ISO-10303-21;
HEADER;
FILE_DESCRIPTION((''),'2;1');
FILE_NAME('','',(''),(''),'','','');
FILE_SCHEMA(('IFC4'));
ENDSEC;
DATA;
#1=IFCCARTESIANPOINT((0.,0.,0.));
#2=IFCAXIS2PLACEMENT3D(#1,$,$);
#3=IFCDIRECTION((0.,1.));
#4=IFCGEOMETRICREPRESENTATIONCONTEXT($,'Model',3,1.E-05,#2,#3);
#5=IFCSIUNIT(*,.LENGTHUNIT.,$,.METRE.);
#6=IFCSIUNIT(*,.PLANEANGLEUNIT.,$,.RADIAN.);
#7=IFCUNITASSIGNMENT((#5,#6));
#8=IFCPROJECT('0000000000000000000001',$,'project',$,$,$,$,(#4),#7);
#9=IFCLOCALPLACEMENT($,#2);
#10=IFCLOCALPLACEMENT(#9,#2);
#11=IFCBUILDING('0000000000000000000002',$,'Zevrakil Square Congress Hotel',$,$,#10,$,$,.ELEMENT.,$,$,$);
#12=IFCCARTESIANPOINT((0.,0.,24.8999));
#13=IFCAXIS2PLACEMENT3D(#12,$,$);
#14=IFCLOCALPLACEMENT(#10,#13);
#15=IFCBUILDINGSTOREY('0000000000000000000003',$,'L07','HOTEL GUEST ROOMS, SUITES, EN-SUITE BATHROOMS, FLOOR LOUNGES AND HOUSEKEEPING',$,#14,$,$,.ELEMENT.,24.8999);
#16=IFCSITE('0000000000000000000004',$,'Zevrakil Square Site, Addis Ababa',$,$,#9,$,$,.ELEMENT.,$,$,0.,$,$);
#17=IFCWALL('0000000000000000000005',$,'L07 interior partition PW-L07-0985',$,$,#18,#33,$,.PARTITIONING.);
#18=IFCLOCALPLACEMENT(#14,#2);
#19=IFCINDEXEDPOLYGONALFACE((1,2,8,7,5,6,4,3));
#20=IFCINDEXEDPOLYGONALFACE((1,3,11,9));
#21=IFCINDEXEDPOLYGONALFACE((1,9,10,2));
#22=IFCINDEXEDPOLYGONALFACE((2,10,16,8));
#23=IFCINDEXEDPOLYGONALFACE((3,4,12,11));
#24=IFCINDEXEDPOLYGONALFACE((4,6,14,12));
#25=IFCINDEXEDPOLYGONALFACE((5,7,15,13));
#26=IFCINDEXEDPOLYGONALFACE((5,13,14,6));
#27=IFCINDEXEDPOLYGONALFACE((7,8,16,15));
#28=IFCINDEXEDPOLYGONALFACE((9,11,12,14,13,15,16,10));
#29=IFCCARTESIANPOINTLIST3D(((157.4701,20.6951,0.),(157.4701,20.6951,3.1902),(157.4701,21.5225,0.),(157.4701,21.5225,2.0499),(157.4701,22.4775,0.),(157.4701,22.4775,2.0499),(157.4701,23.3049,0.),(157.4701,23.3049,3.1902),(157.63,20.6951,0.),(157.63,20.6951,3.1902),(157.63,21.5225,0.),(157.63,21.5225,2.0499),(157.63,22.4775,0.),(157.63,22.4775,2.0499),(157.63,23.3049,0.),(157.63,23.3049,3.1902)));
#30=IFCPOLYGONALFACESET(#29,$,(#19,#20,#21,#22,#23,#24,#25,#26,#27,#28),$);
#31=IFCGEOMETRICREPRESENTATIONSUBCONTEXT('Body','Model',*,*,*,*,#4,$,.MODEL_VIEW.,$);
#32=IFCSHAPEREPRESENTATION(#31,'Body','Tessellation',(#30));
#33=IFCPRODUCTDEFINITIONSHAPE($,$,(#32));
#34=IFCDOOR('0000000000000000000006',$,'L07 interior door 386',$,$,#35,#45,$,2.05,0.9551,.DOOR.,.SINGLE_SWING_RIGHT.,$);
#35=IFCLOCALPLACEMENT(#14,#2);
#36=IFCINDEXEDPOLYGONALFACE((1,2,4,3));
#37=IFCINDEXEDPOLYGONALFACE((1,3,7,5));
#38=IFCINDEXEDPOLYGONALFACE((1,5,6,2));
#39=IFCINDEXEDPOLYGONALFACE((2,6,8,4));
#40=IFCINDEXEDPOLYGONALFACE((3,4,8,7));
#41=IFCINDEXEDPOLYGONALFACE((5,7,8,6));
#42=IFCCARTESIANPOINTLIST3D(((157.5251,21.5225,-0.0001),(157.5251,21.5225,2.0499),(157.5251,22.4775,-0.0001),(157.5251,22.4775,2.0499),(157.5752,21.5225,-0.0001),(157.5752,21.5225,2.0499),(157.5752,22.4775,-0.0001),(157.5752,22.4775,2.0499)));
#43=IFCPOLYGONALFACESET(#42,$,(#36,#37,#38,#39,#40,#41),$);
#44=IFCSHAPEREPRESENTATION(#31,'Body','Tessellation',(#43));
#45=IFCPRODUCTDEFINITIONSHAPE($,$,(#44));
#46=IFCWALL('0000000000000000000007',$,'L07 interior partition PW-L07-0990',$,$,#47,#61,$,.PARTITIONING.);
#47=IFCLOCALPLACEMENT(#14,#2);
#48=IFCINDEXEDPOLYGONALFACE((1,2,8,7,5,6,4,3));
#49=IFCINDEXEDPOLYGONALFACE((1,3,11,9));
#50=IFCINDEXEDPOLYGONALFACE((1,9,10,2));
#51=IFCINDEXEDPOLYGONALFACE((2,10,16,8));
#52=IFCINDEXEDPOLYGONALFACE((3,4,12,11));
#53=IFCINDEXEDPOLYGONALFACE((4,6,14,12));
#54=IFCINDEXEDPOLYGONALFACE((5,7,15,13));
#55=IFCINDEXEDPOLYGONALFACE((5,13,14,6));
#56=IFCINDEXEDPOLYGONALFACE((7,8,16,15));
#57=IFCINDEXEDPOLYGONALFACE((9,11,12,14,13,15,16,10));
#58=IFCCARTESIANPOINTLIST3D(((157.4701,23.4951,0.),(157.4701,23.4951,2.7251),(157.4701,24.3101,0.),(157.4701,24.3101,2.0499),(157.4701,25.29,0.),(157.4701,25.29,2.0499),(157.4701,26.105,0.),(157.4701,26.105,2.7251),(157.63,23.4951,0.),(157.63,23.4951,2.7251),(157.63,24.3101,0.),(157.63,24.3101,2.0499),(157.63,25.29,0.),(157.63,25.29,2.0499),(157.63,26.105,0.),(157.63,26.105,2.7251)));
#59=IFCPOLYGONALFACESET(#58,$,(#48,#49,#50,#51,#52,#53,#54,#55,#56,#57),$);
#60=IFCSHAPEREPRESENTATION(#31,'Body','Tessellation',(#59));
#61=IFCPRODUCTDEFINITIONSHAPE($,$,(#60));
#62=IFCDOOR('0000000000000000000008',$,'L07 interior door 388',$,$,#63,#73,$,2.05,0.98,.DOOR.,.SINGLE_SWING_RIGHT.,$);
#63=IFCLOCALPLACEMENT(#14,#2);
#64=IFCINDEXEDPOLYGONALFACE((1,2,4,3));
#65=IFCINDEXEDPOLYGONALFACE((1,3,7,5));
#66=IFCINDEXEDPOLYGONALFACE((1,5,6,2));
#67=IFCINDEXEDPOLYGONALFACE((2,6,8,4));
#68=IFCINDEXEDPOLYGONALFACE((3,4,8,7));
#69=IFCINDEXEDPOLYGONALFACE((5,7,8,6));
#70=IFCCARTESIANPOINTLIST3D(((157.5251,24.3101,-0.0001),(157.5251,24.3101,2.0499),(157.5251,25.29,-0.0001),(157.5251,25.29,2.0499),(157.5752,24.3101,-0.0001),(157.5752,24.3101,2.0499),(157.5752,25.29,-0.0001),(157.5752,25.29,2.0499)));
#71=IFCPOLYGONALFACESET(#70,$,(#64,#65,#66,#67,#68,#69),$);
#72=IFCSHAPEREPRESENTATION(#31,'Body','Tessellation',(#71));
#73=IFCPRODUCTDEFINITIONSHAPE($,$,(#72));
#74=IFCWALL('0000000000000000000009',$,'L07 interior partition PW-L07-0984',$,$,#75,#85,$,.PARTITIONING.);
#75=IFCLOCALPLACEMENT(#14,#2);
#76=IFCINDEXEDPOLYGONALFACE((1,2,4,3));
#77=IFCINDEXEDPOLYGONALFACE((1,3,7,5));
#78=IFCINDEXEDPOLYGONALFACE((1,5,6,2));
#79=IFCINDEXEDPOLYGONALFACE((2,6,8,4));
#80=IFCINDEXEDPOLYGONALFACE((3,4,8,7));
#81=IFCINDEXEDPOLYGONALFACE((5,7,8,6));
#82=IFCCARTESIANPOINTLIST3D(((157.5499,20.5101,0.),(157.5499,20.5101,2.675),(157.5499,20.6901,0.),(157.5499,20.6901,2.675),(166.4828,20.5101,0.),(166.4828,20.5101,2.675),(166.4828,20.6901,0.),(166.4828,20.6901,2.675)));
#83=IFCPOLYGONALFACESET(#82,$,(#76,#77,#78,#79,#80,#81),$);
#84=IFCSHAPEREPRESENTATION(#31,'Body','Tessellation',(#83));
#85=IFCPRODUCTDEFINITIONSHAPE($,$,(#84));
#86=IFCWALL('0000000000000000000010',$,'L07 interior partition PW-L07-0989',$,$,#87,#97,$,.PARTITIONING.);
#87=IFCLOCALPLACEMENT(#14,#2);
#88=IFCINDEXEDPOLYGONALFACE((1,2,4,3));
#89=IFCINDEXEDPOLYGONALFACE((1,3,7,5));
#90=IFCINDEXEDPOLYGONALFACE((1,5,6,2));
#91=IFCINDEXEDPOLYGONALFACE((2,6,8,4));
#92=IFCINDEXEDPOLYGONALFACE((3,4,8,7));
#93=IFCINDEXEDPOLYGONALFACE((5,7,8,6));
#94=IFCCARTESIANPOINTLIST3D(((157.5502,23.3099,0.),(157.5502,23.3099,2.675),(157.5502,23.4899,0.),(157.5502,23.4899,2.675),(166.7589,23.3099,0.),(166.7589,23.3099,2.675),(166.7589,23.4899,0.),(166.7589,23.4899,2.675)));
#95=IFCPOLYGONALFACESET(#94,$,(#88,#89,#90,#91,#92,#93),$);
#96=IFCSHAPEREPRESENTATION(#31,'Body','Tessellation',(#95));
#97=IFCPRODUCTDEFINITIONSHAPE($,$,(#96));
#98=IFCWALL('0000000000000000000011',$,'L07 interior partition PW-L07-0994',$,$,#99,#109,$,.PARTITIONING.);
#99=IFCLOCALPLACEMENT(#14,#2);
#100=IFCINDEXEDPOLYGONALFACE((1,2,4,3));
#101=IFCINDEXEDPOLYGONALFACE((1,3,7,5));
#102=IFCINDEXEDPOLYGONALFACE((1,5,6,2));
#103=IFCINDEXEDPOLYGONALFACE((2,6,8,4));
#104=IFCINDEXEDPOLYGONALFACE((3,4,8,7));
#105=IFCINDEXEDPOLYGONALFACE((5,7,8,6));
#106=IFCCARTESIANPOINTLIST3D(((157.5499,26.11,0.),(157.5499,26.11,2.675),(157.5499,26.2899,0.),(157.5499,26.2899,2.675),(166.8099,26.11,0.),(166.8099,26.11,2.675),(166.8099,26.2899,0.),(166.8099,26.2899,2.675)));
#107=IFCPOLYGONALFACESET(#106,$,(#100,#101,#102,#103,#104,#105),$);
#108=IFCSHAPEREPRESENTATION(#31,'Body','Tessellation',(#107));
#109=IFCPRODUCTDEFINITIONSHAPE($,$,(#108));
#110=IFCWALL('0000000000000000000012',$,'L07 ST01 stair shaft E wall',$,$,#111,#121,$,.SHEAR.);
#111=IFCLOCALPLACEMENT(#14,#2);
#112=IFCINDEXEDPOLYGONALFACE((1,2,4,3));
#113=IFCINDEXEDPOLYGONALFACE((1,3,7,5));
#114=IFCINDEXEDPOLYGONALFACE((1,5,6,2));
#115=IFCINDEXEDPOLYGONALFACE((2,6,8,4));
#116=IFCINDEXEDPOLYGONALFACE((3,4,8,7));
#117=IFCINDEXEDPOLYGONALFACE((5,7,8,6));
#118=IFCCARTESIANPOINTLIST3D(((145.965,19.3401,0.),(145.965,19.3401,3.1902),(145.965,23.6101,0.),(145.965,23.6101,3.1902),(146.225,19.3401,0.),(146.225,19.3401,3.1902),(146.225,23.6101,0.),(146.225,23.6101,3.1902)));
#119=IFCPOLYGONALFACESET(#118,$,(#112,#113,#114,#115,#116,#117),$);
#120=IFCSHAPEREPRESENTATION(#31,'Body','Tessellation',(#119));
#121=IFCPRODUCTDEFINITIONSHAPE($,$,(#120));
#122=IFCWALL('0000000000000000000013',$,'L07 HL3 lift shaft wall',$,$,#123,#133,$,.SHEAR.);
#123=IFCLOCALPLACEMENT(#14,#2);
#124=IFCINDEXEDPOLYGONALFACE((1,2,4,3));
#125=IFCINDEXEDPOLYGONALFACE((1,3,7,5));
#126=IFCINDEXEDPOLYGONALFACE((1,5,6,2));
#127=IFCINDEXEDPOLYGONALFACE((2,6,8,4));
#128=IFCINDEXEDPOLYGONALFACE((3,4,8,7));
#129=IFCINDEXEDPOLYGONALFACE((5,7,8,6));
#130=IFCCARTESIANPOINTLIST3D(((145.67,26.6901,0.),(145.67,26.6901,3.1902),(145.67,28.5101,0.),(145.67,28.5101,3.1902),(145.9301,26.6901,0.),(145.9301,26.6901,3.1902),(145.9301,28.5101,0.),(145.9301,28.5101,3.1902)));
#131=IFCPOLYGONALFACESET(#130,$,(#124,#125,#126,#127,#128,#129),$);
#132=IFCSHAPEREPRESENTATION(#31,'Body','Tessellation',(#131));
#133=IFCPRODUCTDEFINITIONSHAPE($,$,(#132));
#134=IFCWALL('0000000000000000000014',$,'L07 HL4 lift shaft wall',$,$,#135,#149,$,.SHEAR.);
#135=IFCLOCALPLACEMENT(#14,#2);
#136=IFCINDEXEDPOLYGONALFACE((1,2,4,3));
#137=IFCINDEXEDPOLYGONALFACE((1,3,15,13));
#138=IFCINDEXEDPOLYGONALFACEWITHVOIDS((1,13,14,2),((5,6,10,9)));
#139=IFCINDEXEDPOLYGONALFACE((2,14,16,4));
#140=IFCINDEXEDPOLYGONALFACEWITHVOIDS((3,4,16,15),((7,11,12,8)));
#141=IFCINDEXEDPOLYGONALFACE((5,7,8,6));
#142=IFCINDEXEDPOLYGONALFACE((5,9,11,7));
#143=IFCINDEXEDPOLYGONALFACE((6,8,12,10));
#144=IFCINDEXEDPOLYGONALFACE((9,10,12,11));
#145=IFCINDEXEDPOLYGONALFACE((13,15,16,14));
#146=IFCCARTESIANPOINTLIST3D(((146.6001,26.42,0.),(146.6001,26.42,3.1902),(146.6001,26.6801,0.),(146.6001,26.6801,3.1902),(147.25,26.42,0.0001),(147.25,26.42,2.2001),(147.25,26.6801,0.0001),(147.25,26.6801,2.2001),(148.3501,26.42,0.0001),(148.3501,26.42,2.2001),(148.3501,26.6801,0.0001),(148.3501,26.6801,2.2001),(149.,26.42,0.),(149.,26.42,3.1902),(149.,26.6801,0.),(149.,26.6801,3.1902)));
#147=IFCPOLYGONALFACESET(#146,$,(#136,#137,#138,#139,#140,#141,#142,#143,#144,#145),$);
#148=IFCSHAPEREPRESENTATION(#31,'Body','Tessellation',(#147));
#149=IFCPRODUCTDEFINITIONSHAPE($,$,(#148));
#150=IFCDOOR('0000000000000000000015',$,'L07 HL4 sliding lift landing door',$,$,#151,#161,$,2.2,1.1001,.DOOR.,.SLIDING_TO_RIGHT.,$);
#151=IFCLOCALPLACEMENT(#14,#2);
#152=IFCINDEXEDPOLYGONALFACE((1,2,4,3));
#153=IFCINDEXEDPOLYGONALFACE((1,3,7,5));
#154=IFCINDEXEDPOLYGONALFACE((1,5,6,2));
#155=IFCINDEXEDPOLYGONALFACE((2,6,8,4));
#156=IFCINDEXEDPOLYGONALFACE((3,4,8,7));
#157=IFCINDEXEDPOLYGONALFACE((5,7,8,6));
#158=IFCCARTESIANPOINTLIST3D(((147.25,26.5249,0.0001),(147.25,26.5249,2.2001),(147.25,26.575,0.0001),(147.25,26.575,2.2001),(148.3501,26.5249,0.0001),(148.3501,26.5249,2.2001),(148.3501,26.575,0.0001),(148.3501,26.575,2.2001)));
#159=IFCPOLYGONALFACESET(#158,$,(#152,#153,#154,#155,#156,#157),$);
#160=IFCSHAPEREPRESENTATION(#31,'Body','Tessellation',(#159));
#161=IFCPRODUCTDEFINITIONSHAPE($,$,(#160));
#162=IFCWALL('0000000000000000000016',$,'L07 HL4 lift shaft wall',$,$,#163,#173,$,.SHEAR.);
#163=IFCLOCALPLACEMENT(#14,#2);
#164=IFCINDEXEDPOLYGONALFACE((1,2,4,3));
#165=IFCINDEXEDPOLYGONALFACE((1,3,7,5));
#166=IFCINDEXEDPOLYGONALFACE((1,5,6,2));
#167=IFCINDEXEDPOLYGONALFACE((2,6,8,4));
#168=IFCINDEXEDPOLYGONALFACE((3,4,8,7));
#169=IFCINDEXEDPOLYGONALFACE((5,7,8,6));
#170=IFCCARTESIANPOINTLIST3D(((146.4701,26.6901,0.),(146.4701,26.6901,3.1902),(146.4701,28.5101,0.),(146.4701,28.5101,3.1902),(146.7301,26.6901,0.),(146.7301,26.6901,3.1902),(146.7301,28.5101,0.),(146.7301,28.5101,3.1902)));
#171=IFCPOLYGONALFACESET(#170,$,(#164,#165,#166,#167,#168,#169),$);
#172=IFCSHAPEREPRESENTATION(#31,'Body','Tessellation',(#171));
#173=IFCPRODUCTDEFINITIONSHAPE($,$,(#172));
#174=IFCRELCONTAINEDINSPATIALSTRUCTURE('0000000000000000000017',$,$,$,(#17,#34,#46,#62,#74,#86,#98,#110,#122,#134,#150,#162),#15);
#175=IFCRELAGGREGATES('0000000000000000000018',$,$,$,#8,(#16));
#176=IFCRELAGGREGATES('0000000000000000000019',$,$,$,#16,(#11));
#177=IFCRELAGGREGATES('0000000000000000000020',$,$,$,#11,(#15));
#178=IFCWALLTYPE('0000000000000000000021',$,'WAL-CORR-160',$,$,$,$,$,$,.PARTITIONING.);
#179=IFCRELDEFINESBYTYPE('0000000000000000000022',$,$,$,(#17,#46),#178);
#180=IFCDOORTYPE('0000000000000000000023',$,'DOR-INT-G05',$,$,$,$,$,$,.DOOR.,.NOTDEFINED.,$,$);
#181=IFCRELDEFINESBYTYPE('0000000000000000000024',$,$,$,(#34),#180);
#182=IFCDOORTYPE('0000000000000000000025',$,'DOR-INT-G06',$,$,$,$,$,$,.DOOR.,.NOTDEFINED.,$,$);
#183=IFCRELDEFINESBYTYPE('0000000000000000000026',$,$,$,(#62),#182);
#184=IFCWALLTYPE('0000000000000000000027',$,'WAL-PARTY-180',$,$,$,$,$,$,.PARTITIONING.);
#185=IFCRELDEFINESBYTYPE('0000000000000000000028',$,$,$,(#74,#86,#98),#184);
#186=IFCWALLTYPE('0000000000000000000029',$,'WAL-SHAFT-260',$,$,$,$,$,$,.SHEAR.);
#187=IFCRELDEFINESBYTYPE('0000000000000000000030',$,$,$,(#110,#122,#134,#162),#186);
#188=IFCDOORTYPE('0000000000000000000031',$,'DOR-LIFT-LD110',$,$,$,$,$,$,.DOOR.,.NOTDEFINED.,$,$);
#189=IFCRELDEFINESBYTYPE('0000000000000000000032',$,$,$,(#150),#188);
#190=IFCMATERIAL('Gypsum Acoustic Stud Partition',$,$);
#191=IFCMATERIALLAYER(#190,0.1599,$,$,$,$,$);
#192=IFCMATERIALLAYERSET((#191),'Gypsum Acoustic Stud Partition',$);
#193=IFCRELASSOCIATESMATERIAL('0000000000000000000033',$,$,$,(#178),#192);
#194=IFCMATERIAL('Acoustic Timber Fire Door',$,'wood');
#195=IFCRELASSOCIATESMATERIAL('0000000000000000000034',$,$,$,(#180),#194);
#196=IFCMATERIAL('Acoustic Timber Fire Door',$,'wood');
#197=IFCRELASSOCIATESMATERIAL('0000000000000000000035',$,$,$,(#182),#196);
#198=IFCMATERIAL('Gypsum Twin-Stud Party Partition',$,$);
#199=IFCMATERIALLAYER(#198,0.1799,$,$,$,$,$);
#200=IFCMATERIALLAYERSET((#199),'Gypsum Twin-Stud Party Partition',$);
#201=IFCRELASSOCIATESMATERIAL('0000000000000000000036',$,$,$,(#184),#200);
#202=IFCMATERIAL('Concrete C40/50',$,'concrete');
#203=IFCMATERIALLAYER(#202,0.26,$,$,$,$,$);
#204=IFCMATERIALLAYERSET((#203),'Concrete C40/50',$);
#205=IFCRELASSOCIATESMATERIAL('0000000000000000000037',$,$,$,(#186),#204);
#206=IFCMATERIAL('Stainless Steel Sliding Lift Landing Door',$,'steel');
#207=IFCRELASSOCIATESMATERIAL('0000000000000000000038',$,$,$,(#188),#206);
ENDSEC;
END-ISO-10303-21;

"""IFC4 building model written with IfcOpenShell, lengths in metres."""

from ifc_helpers import new_model, si_unit, direction, frame, frame_2d, origin, place, context, subcontext, project, spatial, rectangle, extrude, material, layer, layer_set, type_object, element, fill, save


model = new_model("IFC4")

# Units and contexts
model_context = context("Model", 3, precision=1e-05, world=origin(), true_north=direction((0.0, 1.0)))
body_context = subcontext(model_context, "Body", "Model", "MODEL_VIEW")
ifc_project = project(units=[si_unit("LENGTHUNIT", "METRE"), si_unit("PLANEANGLEUNIT", "RADIAN")], contexts=[model_context])

# Site, building, storey
site_placement = place(None, origin())
site = spatial("IfcSite", under=ifc_project, at=site_placement, Name="Zevrakil Square Site, Addis Ababa", CompositionType="ELEMENT", RefElevation=0.0)
building_placement = place(site_placement, origin())
building = spatial("IfcBuilding", under=site, at=building_placement, Name="Zevrakil Square Congress Hotel", CompositionType="ELEMENT")
storey_placement = place(building_placement, frame((0.0, 0.0, 24.8999)))
storey = spatial("IfcBuildingStorey", under=building, at=storey_placement, Name="L07", Description="HOTEL GUEST ROOMS, SUITES, EN-SUITE BATHROOMS, FLOOR LOUNGES AND HOUSEKEEPING", CompositionType="ELEMENT", Elevation=24.8999)

# Shared definitions
ifc_material_1 = material(Name="Gypsum Acoustic Stud Partition")
ifc_layer_1 = layer(ifc_material_1, 0.1599)
ifc_layer_set_1 = layer_set([ifc_layer_1], Name="Gypsum Acoustic Stud Partition")
wall_type_1 = type_object("IfcWallType", Name="WAL-CORR-160", PredefinedType="PARTITIONING", material=ifc_layer_set_1)

# Walls, openings, doors
wall_1_placement = place(storey_placement, frame((157.55, 20.6951, 0.0), z_axis=(0.0, 0.0, 1.0), x_axis=(0.0, 1.0, 0.0)))
wall_1 = element("IfcWall", 1, at=wall_1_placement, inside=storey, type_object=wall_type_1, Name="L07 interior partition PW-L07-0985", PredefinedType="PARTITIONING", context=body_context, shape_type="SweptSolid", body=[
    extrude(rectangle(XDim=2.6099, YDim=0.1599, at=frame_2d((1.3049, 0.0))), origin(), (0.0, 0.0, 1.0), 3.1902),
])
opening_1_placement = place(wall_1_placement, frame((0.8274, 0.0, 0.0)))
opening_1 = element("IfcOpeningElement", 2, at=opening_1_placement, cuts=wall_1, PredefinedType="OPENING", context=body_context, shape_type="SweptSolid", body=[
    extrude(rectangle(XDim=0.9551, YDim=2.05, at=frame_2d((0.4775, 1.0249))), frame((0.0, 0.0898, 0.0), z_axis=(0.0, -1.0, 0.0), x_axis=(1.0, 0.0, 0.0)), (0.0, 0.0, 1.0), 0.1799),
])
ifc_material_2 = material(Name="Acoustic Timber Fire Door", Category="wood")
door_type_1 = type_object("IfcDoorType", Name="DOR-INT-G05", OperationType="NOTDEFINED", PredefinedType="DOOR", material=ifc_material_2)
door_1_placement = place(opening_1_placement, origin())
door_1 = element("IfcDoor", 3, at=door_1_placement, inside=storey, type_object=door_type_1, Name="L07 interior door 386", OperationType="SINGLE_SWING_RIGHT", OverallHeight=2.05, OverallWidth=0.9551, PredefinedType="DOOR", context=body_context, shape_type="SweptSolid", body=[
    extrude(rectangle(XDim=0.9551, YDim=2.05, at=frame_2d((0.4775, 1.0249))), frame((0.0, 0.0249, 0.0), z_axis=(0.0, -1.0, 0.0), x_axis=(1.0, 0.0, 0.0)), (0.0, 0.0, 1.0), 0.05),
])
fill(opening_1, door_1)
wall_2_placement = place(storey_placement, frame((157.55, 23.4951, 0.0), z_axis=(0.0, 0.0, 1.0), x_axis=(0.0, 1.0, 0.0)))
wall_2 = element("IfcWall", 4, at=wall_2_placement, inside=storey, type_object=wall_type_1, Name="L07 interior partition PW-L07-0990", PredefinedType="PARTITIONING", context=body_context, shape_type="SweptSolid", body=[
    extrude(rectangle(XDim=2.6099, YDim=0.1599, at=frame_2d((1.3049, 0.0))), origin(), (0.0, 0.0, 1.0), 2.7251),
])
opening_2_placement = place(wall_2_placement, frame((0.8149, 0.0, 0.0)))
opening_2 = element("IfcOpeningElement", 5, at=opening_2_placement, cuts=wall_2, PredefinedType="OPENING", context=body_context, shape_type="SweptSolid", body=[
    extrude(rectangle(XDim=0.98, YDim=2.05, at=frame_2d((0.49, 1.0249))), frame((0.0, 0.0898, 0.0), z_axis=(0.0, -1.0, 0.0), x_axis=(1.0, 0.0, 0.0)), (0.0, 0.0, 1.0), 0.1799),
])
ifc_material_3 = material(Name="Acoustic Timber Fire Door", Category="wood")
door_type_2 = type_object("IfcDoorType", Name="DOR-INT-G06", OperationType="NOTDEFINED", PredefinedType="DOOR", material=ifc_material_3)
door_2_placement = place(opening_2_placement, origin())
door_2 = element("IfcDoor", 6, at=door_2_placement, inside=storey, type_object=door_type_2, Name="L07 interior door 388", OperationType="SINGLE_SWING_RIGHT", OverallHeight=2.05, OverallWidth=0.98, PredefinedType="DOOR", context=body_context, shape_type="SweptSolid", body=[
    extrude(rectangle(XDim=0.98, YDim=2.05, at=frame_2d((0.49, 1.0249))), frame((0.0, 0.0249, 0.0), z_axis=(0.0, -1.0, 0.0), x_axis=(1.0, 0.0, 0.0)), (0.0, 0.0, 1.0), 0.05),
])
fill(opening_2, door_2)

# Walls
ifc_material_4 = material(Name="Gypsum Twin-Stud Party Partition")
ifc_layer_2 = layer(ifc_material_4, 0.1799)
ifc_layer_set_2 = layer_set([ifc_layer_2], Name="Gypsum Twin-Stud Party Partition")
wall_type_2 = type_object("IfcWallType", Name="WAL-PARTY-180", PredefinedType="PARTITIONING", material=ifc_layer_set_2)
wall_3_placement = place(storey_placement, frame((157.55, 20.6001, 0.0), z_axis=(0.0, 0.0, 1.0), x_axis=(1.0, 0.0, 0.0)))
element("IfcWall", 7, at=wall_3_placement, inside=storey, type_object=wall_type_2, Name="L07 interior partition PW-L07-0984", PredefinedType="PARTITIONING", context=body_context, shape_type="SweptSolid", body=[
    extrude(rectangle(XDim=8.9329, YDim=0.1799, at=frame_2d((4.4663, 0.0))), origin(), (0.0, 0.0, 1.0), 2.675),
])
wall_4_placement = place(storey_placement, frame((157.55, 23.3999, 0.0), z_axis=(0.0, 0.0, 1.0), x_axis=(1.0, 0.0, 0.0)))
element("IfcWall", 8, at=wall_4_placement, inside=storey, type_object=wall_type_2, Name="L07 interior partition PW-L07-0989", PredefinedType="PARTITIONING", context=body_context, shape_type="SweptSolid", body=[
    extrude(rectangle(XDim=9.2087, YDim=0.1799, at=frame_2d((4.6045, 0.0))), origin(), (0.0, 0.0, 1.0), 2.675),
])
wall_5_placement = place(storey_placement, frame((157.55, 26.2, 0.0), z_axis=(0.0, 0.0, 1.0), x_axis=(1.0, 0.0, 0.0)))
element("IfcWall", 9, at=wall_5_placement, inside=storey, type_object=wall_type_2, Name="L07 interior partition PW-L07-0994", PredefinedType="PARTITIONING", context=body_context, shape_type="SweptSolid", body=[
    extrude(rectangle(XDim=9.26, YDim=0.1799, at=frame_2d((4.6299, 0.0))), origin(), (0.0, 0.0, 1.0), 2.675),
])
ifc_material_5 = material(Name="Concrete C40/50", Category="concrete")
ifc_layer_3 = layer(ifc_material_5, 0.26)
ifc_layer_set_3 = layer_set([ifc_layer_3], Name="Concrete C40/50")
wall_type_3 = type_object("IfcWallType", Name="WAL-SHAFT-260", PredefinedType="SHEAR", material=ifc_layer_set_3)
wall_6_placement = place(storey_placement, frame((146.095, 19.3401, 0.0), z_axis=(0.0, 0.0, 1.0), x_axis=(0.0, 1.0, 0.0)))
element("IfcWall", 10, at=wall_6_placement, inside=storey, type_object=wall_type_3, Name="L07 ST01 stair shaft E wall", PredefinedType="SHEAR", context=body_context, shape_type="SweptSolid", body=[
    extrude(rectangle(XDim=4.27, YDim=0.26, at=frame_2d((2.135, 0.0))), origin(), (0.0, 0.0, 1.0), 3.1902),
])
wall_7_placement = place(storey_placement, frame((145.8, 26.6899, 0.0), z_axis=(0.0, 0.0, 1.0), x_axis=(0.0, 1.0, 0.0)))
element("IfcWall", 11, at=wall_7_placement, inside=storey, type_object=wall_type_3, Name="L07 HL3 lift shaft wall", PredefinedType="SHEAR", context=body_context, shape_type="SweptSolid", body=[
    extrude(rectangle(XDim=1.8201, YDim=0.26, at=frame_2d((0.9102, 0.0))), origin(), (0.0, 0.0, 1.0), 3.1902),
])

# Wall, opening, door
wall_8_placement = place(storey_placement, frame((146.6001, 26.55, 0.0), z_axis=(0.0, 0.0, 1.0), x_axis=(1.0, 0.0, 0.0)))
wall_8 = element("IfcWall", 12, at=wall_8_placement, inside=storey, type_object=wall_type_3, Name="L07 HL4 lift shaft wall", PredefinedType="SHEAR", context=body_context, shape_type="SweptSolid", body=[
    extrude(rectangle(XDim=2.3999, YDim=0.26, at=frame_2d((1.2, 0.0))), origin(), (0.0, 0.0, 1.0), 3.1902),
])
opening_3_placement = place(wall_8_placement, frame((0.6499, 0.0, 0.0)))
opening_3 = element("IfcOpeningElement", 13, at=opening_3_placement, cuts=wall_8, PredefinedType="OPENING", context=body_context, shape_type="SweptSolid", body=[
    extrude(rectangle(XDim=1.1001, YDim=2.2, at=frame_2d((0.55, 1.1001))), frame((0.0, 0.1401, 0.0), z_axis=(0.0, -1.0, 0.0), x_axis=(1.0, 0.0, 0.0)), (0.0, 0.0, 1.0), 0.28),
])
ifc_material_6 = material(Name="Stainless Steel Sliding Lift Landing Door", Category="steel")
door_type_3 = type_object("IfcDoorType", Name="DOR-LIFT-LD110", OperationType="NOTDEFINED", PredefinedType="DOOR", material=ifc_material_6)
door_3_placement = place(opening_3_placement, origin())
door_3 = element("IfcDoor", 14, at=door_3_placement, inside=storey, type_object=door_type_3, Name="L07 HL4 sliding lift landing door", OperationType="SLIDING_TO_RIGHT", OverallHeight=2.2, OverallWidth=1.1001, PredefinedType="DOOR", context=body_context, shape_type="SweptSolid", body=[
    extrude(rectangle(XDim=1.1001, YDim=2.2, at=frame_2d((0.55, 1.1001))), frame((0.0, 0.0249, 0.0), z_axis=(0.0, -1.0, 0.0), x_axis=(1.0, 0.0, 0.0)), (0.0, 0.0, 1.0), 0.05),
])
fill(opening_3, door_3)

# Wall
for number, where, z_axis, x_axis, name in (
    (15, (146.6001, 26.6899, 0.0), (0.0, 0.0, 1.0), (0.0, 1.0, 0.0), "L07 HL4 lift shaft wall"),
):
    element("IfcWall", number, at=place(storey_placement, frame(where, z_axis=z_axis, x_axis=x_axis)), inside=storey, type_object=wall_type_3, Name=name, PredefinedType="SHEAR", context=body_context, shape_type="SweptSolid", body=[
        extrude(rectangle(XDim=1.8201, YDim=0.26, at=frame_2d((0.9102, 0.0))), origin(), (0.0, 0.0, 1.0), 3.1902),
    ])

save(model, "model.ifc")
